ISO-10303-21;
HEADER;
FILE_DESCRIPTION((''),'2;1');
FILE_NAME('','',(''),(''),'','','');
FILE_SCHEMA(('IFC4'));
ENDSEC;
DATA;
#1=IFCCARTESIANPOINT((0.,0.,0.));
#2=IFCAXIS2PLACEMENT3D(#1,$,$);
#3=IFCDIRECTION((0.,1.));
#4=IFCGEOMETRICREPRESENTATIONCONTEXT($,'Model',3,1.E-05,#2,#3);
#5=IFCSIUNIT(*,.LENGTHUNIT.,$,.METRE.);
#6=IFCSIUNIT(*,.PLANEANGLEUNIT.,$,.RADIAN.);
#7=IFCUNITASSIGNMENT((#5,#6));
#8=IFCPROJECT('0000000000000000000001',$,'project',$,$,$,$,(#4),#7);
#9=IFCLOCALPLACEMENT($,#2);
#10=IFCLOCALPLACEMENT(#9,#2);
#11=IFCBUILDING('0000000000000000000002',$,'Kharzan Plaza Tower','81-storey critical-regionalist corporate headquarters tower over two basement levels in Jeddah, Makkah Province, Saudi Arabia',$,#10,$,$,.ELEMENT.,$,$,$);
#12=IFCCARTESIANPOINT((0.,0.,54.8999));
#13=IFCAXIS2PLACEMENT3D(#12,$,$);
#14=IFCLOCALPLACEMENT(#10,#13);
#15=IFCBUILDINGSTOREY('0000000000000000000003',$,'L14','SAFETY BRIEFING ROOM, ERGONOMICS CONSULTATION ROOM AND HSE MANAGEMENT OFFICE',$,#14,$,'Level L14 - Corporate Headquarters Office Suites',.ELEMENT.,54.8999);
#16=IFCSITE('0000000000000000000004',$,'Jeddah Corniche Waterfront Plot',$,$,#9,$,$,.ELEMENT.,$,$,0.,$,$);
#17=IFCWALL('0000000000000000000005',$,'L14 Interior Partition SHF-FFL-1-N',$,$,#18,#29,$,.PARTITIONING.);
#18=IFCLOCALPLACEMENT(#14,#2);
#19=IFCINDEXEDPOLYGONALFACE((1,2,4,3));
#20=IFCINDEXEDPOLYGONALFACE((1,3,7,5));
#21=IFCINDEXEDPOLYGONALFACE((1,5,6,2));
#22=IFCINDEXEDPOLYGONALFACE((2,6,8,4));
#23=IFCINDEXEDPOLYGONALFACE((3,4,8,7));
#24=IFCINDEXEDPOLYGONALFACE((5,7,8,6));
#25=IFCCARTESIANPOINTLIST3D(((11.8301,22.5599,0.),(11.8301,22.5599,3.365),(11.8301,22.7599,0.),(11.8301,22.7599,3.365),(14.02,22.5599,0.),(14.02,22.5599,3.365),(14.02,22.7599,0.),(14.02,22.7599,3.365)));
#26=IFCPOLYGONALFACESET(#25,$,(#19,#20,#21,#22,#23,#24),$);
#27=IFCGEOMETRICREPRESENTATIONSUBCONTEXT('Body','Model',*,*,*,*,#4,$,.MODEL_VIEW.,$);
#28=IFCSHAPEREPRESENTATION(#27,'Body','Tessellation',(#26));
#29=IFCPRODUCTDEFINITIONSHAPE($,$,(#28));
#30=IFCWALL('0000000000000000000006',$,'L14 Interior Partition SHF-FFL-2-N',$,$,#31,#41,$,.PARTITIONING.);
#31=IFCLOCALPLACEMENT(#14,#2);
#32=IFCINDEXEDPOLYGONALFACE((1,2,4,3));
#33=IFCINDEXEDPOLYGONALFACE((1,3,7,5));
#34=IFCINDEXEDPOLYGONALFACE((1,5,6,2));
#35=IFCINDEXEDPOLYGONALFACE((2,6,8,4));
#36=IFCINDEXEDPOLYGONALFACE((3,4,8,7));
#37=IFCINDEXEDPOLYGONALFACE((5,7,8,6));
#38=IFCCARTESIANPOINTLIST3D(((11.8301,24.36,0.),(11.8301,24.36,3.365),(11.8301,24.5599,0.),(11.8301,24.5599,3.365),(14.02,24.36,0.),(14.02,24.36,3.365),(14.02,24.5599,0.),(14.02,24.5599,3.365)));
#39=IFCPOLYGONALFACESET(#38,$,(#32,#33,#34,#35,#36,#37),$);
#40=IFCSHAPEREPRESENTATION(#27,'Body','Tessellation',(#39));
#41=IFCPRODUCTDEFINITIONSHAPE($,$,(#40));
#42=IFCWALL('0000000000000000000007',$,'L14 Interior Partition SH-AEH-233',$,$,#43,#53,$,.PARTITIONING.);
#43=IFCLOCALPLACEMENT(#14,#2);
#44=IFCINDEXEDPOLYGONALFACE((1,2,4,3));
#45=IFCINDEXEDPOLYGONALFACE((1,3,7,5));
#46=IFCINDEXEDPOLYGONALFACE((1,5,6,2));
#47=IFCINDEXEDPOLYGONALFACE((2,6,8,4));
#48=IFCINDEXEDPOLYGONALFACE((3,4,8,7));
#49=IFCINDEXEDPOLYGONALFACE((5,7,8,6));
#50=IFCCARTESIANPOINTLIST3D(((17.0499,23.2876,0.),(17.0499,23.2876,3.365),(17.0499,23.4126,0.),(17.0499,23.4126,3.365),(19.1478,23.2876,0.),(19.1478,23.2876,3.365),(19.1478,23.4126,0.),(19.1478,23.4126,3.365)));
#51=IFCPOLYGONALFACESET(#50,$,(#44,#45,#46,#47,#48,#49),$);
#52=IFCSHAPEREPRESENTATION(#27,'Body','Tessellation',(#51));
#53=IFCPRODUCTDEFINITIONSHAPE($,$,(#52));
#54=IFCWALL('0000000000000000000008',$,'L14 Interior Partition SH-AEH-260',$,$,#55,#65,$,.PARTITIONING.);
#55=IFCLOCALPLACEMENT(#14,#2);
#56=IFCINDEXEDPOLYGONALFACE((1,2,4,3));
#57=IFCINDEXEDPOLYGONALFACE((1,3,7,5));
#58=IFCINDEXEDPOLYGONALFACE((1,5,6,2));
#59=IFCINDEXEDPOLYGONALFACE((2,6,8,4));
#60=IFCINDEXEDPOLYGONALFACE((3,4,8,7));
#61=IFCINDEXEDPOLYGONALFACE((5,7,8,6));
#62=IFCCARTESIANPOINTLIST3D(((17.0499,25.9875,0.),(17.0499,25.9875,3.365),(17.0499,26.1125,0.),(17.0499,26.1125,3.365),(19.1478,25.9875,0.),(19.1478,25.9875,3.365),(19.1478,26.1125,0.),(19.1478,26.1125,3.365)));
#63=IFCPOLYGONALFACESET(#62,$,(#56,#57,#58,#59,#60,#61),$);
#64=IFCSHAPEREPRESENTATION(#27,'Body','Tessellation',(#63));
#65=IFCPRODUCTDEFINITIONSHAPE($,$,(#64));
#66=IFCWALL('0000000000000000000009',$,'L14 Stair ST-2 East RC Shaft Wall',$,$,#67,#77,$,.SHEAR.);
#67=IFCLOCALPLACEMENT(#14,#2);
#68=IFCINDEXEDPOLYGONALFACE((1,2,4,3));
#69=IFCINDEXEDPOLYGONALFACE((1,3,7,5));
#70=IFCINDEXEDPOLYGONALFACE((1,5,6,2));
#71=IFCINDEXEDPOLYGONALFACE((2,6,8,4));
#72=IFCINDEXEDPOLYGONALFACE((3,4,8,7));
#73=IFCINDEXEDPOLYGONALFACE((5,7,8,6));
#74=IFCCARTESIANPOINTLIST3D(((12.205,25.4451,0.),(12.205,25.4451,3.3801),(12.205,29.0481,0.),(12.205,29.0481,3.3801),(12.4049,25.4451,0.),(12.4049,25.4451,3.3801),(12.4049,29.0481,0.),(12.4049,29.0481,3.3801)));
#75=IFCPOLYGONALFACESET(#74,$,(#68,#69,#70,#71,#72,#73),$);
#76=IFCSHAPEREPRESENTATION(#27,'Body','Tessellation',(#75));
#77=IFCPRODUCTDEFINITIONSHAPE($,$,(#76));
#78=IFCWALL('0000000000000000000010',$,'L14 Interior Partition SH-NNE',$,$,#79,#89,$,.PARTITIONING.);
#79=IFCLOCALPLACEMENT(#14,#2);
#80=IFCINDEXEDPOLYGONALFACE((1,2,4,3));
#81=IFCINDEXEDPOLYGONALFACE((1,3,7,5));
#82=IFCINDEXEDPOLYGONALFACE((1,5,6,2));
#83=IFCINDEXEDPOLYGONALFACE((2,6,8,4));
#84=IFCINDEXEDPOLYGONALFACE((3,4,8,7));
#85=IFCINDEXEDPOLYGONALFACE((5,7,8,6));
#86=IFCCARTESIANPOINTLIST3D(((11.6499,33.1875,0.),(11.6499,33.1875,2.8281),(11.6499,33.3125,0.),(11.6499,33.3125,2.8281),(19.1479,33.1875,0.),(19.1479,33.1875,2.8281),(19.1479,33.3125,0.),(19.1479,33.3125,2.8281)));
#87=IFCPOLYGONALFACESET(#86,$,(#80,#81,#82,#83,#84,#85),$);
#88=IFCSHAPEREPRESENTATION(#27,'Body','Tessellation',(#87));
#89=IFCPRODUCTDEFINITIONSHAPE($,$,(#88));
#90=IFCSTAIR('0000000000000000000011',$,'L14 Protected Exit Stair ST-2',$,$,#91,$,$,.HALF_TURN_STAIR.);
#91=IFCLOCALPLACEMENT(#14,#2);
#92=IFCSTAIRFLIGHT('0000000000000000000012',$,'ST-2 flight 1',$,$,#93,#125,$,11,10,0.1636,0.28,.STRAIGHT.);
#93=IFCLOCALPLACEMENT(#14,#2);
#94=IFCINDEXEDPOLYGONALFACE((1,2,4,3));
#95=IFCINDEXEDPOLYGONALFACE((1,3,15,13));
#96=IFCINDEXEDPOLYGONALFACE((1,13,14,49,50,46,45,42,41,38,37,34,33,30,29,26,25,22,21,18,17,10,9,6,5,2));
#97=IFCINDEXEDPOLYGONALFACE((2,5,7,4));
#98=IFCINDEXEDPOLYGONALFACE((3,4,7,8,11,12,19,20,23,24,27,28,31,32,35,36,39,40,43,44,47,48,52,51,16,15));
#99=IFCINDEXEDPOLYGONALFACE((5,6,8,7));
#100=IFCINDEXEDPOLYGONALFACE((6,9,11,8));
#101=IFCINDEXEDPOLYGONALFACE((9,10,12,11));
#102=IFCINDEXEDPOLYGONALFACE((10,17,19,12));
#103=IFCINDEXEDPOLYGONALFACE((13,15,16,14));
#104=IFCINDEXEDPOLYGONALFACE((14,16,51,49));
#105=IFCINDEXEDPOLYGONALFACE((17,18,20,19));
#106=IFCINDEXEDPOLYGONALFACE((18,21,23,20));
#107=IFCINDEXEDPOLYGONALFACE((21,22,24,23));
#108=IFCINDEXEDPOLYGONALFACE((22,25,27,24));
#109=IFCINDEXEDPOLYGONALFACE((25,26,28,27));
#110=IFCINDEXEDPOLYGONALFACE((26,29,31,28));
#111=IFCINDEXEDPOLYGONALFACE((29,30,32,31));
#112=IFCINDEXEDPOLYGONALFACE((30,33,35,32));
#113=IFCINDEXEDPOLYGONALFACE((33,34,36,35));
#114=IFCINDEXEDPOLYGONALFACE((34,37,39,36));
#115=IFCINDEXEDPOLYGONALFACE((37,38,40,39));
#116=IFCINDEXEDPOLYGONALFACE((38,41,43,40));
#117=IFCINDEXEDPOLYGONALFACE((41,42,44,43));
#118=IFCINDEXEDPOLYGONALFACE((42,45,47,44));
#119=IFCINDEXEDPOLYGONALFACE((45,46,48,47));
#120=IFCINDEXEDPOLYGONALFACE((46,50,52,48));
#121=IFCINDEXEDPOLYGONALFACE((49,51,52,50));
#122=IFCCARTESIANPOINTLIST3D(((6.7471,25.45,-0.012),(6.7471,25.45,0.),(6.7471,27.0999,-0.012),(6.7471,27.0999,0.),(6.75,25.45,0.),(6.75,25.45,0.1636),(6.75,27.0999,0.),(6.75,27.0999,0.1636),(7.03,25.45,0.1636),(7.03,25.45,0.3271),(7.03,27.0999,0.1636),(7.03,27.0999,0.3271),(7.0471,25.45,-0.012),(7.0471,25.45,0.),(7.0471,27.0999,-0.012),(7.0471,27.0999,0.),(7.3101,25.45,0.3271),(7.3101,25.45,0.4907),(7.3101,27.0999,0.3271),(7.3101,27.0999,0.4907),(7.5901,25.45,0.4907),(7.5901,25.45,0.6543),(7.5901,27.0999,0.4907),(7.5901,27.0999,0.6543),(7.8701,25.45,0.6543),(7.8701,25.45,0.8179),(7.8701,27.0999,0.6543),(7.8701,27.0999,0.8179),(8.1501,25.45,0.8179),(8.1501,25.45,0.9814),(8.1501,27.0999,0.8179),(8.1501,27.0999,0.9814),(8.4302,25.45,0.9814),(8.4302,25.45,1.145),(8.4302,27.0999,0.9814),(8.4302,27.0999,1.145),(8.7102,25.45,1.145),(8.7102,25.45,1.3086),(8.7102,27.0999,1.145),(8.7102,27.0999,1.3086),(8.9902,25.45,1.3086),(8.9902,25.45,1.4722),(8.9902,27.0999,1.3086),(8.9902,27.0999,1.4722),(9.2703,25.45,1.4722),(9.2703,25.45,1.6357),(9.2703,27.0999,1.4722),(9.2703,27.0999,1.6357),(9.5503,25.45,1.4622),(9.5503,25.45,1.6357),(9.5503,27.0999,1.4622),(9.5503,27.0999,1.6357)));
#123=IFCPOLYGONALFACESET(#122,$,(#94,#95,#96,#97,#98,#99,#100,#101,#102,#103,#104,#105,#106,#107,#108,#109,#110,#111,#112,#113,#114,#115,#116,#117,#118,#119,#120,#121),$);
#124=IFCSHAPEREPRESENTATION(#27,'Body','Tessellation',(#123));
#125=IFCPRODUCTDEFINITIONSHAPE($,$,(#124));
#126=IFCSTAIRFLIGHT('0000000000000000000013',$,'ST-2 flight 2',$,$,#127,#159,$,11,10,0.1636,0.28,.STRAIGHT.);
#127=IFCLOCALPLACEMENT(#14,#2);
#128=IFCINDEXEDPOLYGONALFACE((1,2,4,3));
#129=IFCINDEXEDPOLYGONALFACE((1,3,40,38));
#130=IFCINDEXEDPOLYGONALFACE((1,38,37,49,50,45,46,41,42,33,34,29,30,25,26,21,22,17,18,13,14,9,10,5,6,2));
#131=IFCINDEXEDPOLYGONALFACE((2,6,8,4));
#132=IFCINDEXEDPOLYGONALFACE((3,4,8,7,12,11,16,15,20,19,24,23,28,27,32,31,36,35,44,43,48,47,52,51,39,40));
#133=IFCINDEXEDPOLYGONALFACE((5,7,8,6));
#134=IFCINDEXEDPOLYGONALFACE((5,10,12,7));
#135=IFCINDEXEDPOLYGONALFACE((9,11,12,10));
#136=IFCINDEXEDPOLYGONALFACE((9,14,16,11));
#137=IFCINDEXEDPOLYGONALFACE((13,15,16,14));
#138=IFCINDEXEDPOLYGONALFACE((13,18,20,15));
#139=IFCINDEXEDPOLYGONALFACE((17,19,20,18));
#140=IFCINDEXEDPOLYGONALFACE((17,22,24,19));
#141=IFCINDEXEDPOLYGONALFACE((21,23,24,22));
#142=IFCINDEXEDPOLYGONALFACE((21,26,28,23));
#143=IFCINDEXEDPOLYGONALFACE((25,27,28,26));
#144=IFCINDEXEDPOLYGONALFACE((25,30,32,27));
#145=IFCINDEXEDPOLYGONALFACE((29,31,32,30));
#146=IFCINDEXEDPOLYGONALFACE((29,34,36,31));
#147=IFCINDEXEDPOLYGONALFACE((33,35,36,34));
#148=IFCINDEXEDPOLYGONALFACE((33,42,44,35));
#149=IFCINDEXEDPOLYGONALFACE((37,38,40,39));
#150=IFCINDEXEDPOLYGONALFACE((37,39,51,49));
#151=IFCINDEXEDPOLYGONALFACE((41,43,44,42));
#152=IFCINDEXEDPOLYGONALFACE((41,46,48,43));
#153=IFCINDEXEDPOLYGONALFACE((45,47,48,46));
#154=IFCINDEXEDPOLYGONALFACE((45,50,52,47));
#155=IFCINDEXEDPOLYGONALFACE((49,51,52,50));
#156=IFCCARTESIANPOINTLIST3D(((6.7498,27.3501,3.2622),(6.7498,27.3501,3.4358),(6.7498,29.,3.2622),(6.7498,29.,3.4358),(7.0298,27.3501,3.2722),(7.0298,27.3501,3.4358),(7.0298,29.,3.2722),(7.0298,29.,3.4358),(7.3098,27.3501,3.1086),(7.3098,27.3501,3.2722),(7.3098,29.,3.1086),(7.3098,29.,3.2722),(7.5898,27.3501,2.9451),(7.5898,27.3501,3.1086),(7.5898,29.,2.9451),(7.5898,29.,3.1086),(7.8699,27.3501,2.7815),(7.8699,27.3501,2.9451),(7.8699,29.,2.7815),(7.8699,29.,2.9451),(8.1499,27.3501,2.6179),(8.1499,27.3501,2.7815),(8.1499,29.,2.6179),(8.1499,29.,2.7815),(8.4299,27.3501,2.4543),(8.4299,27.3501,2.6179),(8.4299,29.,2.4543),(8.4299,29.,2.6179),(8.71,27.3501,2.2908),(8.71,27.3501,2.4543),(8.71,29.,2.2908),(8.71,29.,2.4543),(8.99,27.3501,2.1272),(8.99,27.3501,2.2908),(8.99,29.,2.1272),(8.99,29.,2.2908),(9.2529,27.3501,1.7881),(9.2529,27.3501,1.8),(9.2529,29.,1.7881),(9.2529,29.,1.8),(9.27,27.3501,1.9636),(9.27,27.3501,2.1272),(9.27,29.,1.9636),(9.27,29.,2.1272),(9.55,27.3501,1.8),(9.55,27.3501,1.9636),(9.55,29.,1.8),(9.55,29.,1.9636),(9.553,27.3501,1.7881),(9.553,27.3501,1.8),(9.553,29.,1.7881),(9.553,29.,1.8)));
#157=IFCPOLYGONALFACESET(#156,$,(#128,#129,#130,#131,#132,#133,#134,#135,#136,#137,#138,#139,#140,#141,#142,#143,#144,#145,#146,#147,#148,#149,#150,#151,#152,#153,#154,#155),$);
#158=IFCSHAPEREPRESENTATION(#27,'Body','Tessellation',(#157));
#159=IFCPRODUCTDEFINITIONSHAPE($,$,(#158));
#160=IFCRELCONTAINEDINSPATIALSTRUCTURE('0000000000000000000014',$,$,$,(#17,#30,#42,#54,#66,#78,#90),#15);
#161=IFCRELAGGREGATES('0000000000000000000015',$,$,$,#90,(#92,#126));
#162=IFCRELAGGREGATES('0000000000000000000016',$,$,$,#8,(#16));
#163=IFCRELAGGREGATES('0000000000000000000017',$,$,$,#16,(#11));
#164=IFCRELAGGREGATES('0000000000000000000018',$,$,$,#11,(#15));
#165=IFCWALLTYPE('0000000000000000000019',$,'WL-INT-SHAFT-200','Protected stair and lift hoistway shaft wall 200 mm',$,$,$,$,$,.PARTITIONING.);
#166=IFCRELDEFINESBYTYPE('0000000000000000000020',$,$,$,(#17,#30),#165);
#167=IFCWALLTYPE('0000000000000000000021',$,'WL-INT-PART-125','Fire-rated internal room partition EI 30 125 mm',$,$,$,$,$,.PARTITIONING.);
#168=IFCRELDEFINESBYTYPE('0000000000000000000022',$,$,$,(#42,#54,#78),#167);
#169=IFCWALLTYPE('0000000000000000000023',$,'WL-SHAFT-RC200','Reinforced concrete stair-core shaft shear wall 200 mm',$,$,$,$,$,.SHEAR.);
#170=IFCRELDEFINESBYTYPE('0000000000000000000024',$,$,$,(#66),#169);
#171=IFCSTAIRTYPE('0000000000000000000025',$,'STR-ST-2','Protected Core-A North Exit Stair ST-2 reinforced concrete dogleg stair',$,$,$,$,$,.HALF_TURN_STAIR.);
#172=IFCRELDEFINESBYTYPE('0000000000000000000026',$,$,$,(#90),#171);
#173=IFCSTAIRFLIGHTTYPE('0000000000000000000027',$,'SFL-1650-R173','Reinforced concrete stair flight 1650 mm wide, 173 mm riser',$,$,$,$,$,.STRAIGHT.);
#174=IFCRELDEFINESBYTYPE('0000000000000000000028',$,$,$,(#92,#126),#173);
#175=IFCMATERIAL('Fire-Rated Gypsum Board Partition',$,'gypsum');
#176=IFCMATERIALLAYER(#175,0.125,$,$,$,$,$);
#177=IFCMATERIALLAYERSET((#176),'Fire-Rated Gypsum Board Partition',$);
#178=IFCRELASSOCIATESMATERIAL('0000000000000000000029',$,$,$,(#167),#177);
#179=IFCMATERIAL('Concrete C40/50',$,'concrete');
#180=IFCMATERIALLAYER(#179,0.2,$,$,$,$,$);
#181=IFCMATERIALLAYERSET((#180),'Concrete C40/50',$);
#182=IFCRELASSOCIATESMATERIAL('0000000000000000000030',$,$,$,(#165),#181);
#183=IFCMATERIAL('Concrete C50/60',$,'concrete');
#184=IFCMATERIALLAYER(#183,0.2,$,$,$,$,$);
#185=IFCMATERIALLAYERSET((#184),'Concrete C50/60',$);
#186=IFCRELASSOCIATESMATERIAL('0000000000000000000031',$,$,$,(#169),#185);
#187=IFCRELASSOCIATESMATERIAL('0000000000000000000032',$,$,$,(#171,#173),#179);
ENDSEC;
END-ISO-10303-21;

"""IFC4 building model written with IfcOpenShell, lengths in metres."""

from ifc_helpers import new_model, si_unit, direction, frame, frame_2d, origin, place, context, subcontext, project, spatial, polyline, rectangle, outline, extrude, source, transform, mapped, material, layer, layer_set, type_object, element, aggregate, save


model = new_model("IFC4")

# Units and contexts
model_context = context("Model", 3, precision=1e-05, world=origin(), true_north=direction((0.0, 1.0)))
body_context = subcontext(model_context, "Body", "Model", "MODEL_VIEW")
ifc_project = project(units=[si_unit("LENGTHUNIT", "METRE"), si_unit("PLANEANGLEUNIT", "RADIAN")], contexts=[model_context])

# Site, building, storey
site_placement = place(None, origin())
site = spatial("IfcSite", under=ifc_project, at=site_placement, Name="Jeddah Corniche Waterfront Plot", CompositionType="ELEMENT", RefElevation=0.0)
building_placement = place(site_placement, origin())
building = spatial("IfcBuilding", under=site, at=building_placement, Name="Kharzan Plaza Tower", Description="81-storey critical-regionalist corporate headquarters tower over two basement levels in Jeddah, Makkah Province, Saudi Arabia", CompositionType="ELEMENT")
storey_placement = place(building_placement, frame((0.0, 0.0, 54.8999)))
storey = spatial("IfcBuildingStorey", under=building, at=storey_placement, Name="L14", Description="SAFETY BRIEFING ROOM, ERGONOMICS CONSULTATION ROOM AND HSE MANAGEMENT OFFICE", LongName="Level L14 - Corporate Headquarters Office Suites", CompositionType="ELEMENT", Elevation=54.8999)

# Shared definitions
ifc_material_1 = material(Name="Fire-Rated Gypsum Board Partition", Category="gypsum")
ifc_layer_1 = layer(ifc_material_1, 0.125)
ifc_layer_set_1 = layer_set([ifc_layer_1], Name="Fire-Rated Gypsum Board Partition")
wall_type_1 = type_object("IfcWallType", Name="WL-INT-PART-125", Description="Fire-rated internal room partition EI 30 125 mm", PredefinedType="PARTITIONING", material=ifc_layer_set_1)
ifc_material_2 = material(Name="Concrete C40/50", Category="concrete")
ifc_layer_2 = layer(ifc_material_2, 0.2)
ifc_layer_set_2 = layer_set([ifc_layer_2], Name="Concrete C40/50")
wall_type_2 = type_object("IfcWallType", Name="WL-INT-SHAFT-200", Description="Protected stair and lift hoistway shaft wall 200 mm", PredefinedType="PARTITIONING", material=ifc_layer_set_2)
ifc_material_3 = material(Name="Concrete C50/60", Category="concrete")
ifc_layer_3 = layer(ifc_material_3, 0.2)
ifc_layer_set_3 = layer_set([ifc_layer_3], Name="Concrete C50/60")
wall_type_3 = type_object("IfcWallType", Name="WL-SHAFT-RC200", Description="Reinforced concrete stair-core shaft shear wall 200 mm", PredefinedType="SHEAR", material=ifc_layer_set_3)

# Walls
shared_shape_1 = source(origin(), body_context, "Body", "SweptSolid", [
    extrude(rectangle(XDim=2.1899, YDim=0.2, at=frame_2d((1.095, 0.0))), origin(), (0.0, 0.0, 1.0), 3.365),
])
for number, where, z_axis, x_axis, name in (
    (1, (11.8301, 22.6599, 0.0), (0.0, 0.0, 1.0), (1.0, 0.0, 0.0), "L14 Interior Partition SHF-FFL-1-N"),
    (2, (11.8301, 24.46, 0.0), (0.0, 0.0, 1.0), (1.0, 0.0, 0.0), "L14 Interior Partition SHF-FFL-2-N"),
):
    element("IfcWall", number, at=place(storey_placement, frame(where, z_axis=z_axis, x_axis=x_axis)), inside=storey, type_object=wall_type_2, Name=name, PredefinedType="PARTITIONING", context=body_context, shape_type="MappedRepresentation", body=[
        mapped(shared_shape_1, transform((0.0, 0.0, 0.0), x_axis=(1.0, 0.0, 0.0), y_axis=(0.0, 1.0, 0.0), z_axis=(0.0, 0.0, 1.0))),
    ])
shared_shape_2 = source(origin(), body_context, "Body", "SweptSolid", [
    extrude(rectangle(XDim=2.0979, YDim=0.125, at=frame_2d((1.0488, 0.0))), origin(), (0.0, 0.0, 1.0), 3.365),
])
for number, where, z_axis, x_axis, name in (
    (3, (17.05, 23.3501, 0.0), (0.0, 0.0, 1.0), (1.0, 0.0, 0.0), "L14 Interior Partition SH-AEH-233"),
    (4, (17.05, 26.05, 0.0), (0.0, 0.0, 1.0), (1.0, 0.0, 0.0), "L14 Interior Partition SH-AEH-260"),
):
    element("IfcWall", number, at=place(storey_placement, frame(where, z_axis=z_axis, x_axis=x_axis)), inside=storey, type_object=wall_type_1, Name=name, PredefinedType="PARTITIONING", context=body_context, shape_type="MappedRepresentation", body=[
        mapped(shared_shape_2, transform((0.0, 0.0, 0.0), x_axis=(1.0, 0.0, 0.0), y_axis=(0.0, 1.0, 0.0), z_axis=(0.0, 0.0, 1.0))),
    ])
shared_shape_3 = source(origin(), body_context, "Body", "SweptSolid", [
    extrude(rectangle(XDim=3.603, YDim=0.2, at=frame_2d((1.8015, 0.0))), origin(), (0.0, 0.0, 1.0), 3.3801),
])
wall_1_placement = place(storey_placement, frame((12.3049, 25.4451, 0.0), z_axis=(0.0, 0.0, 1.0), x_axis=(0.0, 1.0, 0.0)))
element("IfcWall", 5, at=wall_1_placement, inside=storey, type_object=wall_type_3, Name="L14 Stair ST-2 East RC Shaft Wall", PredefinedType="SHEAR", context=body_context, shape_type="MappedRepresentation", body=[
    mapped(shared_shape_3, transform((0.0, 0.0, 0.0), x_axis=(1.0, 0.0, 0.0), y_axis=(0.0, 1.0, 0.0), z_axis=(0.0, 0.0, 1.0))),
])
shared_shape_4 = source(origin(), body_context, "Body", "SweptSolid", [
    extrude(rectangle(XDim=7.498, YDim=0.125, at=frame_2d((3.749, 0.0))), origin(), (0.0, 0.0, 1.0), 2.8281),
])
wall_2_placement = place(storey_placement, frame((11.6499, 33.25, 0.0), z_axis=(0.0, 0.0, 1.0), x_axis=(1.0, 0.0, 0.0)))
element("IfcWall", 6, at=wall_2_placement, inside=storey, type_object=wall_type_1, Name="L14 Interior Partition SH-NNE", PredefinedType="PARTITIONING", context=body_context, shape_type="MappedRepresentation", body=[
    mapped(shared_shape_4, transform((0.0, 0.0, 0.0), x_axis=(1.0, 0.0, 0.0), y_axis=(0.0, 1.0, 0.0), z_axis=(0.0, 0.0, 1.0))),
])

# Stair, stair flights
stair_type = type_object("IfcStairType", Name="STR-ST-2", Description="Protected Core-A North Exit Stair ST-2 reinforced concrete dogleg stair", PredefinedType="HALF_TURN_STAIR", material=ifc_material_2)
stair_placement = place(storey_placement, origin())
stair = element("IfcStair", 7, at=stair_placement, inside=storey, type_object=stair_type, Name="L14 Protected Exit Stair ST-2", PredefinedType="HALF_TURN_STAIR")
stair_flight_type = type_object("IfcStairFlightType", Name="SFL-1650-R173", Description="Reinforced concrete stair flight 1650 mm wide, 173 mm riser", PredefinedType="STRAIGHT", material=ifc_material_2)
shared_shape_5 = source(origin(), body_context, "Body", "SweptSolid", [
    extrude(outline(polyline([(-0.0029, -0.012), (-0.0029, 0.0), (0.0, 0.0), (0.0, 0.1636), (0.28, 0.1636), (0.28, 0.3271), (0.5601, 0.3271), (0.5601, 0.4907), (0.8401, 0.4907), (0.8401, 0.6543), (1.1201, 0.6543), (1.1201, 0.8179), (1.4001, 0.8179), (1.4001, 0.9814), (1.6802, 0.9814), (1.6802, 1.145), (1.9602, 1.145), (1.9602, 1.3086), (2.2402, 1.3086), (2.2402, 1.4722), (2.5203, 1.4722), (2.5203, 1.6357), (2.8003, 1.6357), (2.8003, 1.7993), (2.8003, 1.4622), (0.2971, 0.0), (0.2971, -0.012), (-0.0029, -0.012)])), frame((0.0, 0.825, 0.0), z_axis=(0.0, -1.0, 0.0), x_axis=(1.0, 0.0, 0.0)), (0.0, 0.0, 1.0), 1.6499),
])
stair_flight_1_placement = place(storey_placement, frame((6.75, 26.2749, 0.0), z_axis=(0.0, 0.0, 1.0), x_axis=(1.0, 0.0, 0.0)))
stair_flight_1 = element("IfcStairFlight", 8, at=stair_flight_1_placement, type_object=stair_flight_type, Name="ST-2 flight 1", NumberOfRisers=11, NumberOfTreads=10, PredefinedType="STRAIGHT", RiserHeight=0.1636, TreadLength=0.28, context=body_context, shape_type="MappedRepresentation", body=[
    mapped(shared_shape_5, transform((0.0, 0.0, 0.0), x_axis=(1.0, 0.0, 0.0), y_axis=(0.0, 1.0, 0.0), z_axis=(0.0, 0.0, 1.0))),
])
stair_flight_2_placement = place(storey_placement, frame((9.55, 28.175, 1.8), z_axis=(0.0, 0.0, 1.0), x_axis=(-1.0, 0.0, 0.0)))
stair_flight_2 = element("IfcStairFlight", 9, at=stair_flight_2_placement, type_object=stair_flight_type, Name="ST-2 flight 2", NumberOfRisers=11, NumberOfTreads=10, PredefinedType="STRAIGHT", RiserHeight=0.1636, TreadLength=0.28, context=body_context, shape_type="MappedRepresentation", body=[
    mapped(shared_shape_5, transform((0.0, 0.0, 0.0), x_axis=(1.0, 0.0, 0.0), y_axis=(0.0, 1.0, 0.0), z_axis=(0.0, 0.0, 1.0))),
])
aggregate(stair, [stair_flight_1, stair_flight_2])

save(model, "model.ifc")
